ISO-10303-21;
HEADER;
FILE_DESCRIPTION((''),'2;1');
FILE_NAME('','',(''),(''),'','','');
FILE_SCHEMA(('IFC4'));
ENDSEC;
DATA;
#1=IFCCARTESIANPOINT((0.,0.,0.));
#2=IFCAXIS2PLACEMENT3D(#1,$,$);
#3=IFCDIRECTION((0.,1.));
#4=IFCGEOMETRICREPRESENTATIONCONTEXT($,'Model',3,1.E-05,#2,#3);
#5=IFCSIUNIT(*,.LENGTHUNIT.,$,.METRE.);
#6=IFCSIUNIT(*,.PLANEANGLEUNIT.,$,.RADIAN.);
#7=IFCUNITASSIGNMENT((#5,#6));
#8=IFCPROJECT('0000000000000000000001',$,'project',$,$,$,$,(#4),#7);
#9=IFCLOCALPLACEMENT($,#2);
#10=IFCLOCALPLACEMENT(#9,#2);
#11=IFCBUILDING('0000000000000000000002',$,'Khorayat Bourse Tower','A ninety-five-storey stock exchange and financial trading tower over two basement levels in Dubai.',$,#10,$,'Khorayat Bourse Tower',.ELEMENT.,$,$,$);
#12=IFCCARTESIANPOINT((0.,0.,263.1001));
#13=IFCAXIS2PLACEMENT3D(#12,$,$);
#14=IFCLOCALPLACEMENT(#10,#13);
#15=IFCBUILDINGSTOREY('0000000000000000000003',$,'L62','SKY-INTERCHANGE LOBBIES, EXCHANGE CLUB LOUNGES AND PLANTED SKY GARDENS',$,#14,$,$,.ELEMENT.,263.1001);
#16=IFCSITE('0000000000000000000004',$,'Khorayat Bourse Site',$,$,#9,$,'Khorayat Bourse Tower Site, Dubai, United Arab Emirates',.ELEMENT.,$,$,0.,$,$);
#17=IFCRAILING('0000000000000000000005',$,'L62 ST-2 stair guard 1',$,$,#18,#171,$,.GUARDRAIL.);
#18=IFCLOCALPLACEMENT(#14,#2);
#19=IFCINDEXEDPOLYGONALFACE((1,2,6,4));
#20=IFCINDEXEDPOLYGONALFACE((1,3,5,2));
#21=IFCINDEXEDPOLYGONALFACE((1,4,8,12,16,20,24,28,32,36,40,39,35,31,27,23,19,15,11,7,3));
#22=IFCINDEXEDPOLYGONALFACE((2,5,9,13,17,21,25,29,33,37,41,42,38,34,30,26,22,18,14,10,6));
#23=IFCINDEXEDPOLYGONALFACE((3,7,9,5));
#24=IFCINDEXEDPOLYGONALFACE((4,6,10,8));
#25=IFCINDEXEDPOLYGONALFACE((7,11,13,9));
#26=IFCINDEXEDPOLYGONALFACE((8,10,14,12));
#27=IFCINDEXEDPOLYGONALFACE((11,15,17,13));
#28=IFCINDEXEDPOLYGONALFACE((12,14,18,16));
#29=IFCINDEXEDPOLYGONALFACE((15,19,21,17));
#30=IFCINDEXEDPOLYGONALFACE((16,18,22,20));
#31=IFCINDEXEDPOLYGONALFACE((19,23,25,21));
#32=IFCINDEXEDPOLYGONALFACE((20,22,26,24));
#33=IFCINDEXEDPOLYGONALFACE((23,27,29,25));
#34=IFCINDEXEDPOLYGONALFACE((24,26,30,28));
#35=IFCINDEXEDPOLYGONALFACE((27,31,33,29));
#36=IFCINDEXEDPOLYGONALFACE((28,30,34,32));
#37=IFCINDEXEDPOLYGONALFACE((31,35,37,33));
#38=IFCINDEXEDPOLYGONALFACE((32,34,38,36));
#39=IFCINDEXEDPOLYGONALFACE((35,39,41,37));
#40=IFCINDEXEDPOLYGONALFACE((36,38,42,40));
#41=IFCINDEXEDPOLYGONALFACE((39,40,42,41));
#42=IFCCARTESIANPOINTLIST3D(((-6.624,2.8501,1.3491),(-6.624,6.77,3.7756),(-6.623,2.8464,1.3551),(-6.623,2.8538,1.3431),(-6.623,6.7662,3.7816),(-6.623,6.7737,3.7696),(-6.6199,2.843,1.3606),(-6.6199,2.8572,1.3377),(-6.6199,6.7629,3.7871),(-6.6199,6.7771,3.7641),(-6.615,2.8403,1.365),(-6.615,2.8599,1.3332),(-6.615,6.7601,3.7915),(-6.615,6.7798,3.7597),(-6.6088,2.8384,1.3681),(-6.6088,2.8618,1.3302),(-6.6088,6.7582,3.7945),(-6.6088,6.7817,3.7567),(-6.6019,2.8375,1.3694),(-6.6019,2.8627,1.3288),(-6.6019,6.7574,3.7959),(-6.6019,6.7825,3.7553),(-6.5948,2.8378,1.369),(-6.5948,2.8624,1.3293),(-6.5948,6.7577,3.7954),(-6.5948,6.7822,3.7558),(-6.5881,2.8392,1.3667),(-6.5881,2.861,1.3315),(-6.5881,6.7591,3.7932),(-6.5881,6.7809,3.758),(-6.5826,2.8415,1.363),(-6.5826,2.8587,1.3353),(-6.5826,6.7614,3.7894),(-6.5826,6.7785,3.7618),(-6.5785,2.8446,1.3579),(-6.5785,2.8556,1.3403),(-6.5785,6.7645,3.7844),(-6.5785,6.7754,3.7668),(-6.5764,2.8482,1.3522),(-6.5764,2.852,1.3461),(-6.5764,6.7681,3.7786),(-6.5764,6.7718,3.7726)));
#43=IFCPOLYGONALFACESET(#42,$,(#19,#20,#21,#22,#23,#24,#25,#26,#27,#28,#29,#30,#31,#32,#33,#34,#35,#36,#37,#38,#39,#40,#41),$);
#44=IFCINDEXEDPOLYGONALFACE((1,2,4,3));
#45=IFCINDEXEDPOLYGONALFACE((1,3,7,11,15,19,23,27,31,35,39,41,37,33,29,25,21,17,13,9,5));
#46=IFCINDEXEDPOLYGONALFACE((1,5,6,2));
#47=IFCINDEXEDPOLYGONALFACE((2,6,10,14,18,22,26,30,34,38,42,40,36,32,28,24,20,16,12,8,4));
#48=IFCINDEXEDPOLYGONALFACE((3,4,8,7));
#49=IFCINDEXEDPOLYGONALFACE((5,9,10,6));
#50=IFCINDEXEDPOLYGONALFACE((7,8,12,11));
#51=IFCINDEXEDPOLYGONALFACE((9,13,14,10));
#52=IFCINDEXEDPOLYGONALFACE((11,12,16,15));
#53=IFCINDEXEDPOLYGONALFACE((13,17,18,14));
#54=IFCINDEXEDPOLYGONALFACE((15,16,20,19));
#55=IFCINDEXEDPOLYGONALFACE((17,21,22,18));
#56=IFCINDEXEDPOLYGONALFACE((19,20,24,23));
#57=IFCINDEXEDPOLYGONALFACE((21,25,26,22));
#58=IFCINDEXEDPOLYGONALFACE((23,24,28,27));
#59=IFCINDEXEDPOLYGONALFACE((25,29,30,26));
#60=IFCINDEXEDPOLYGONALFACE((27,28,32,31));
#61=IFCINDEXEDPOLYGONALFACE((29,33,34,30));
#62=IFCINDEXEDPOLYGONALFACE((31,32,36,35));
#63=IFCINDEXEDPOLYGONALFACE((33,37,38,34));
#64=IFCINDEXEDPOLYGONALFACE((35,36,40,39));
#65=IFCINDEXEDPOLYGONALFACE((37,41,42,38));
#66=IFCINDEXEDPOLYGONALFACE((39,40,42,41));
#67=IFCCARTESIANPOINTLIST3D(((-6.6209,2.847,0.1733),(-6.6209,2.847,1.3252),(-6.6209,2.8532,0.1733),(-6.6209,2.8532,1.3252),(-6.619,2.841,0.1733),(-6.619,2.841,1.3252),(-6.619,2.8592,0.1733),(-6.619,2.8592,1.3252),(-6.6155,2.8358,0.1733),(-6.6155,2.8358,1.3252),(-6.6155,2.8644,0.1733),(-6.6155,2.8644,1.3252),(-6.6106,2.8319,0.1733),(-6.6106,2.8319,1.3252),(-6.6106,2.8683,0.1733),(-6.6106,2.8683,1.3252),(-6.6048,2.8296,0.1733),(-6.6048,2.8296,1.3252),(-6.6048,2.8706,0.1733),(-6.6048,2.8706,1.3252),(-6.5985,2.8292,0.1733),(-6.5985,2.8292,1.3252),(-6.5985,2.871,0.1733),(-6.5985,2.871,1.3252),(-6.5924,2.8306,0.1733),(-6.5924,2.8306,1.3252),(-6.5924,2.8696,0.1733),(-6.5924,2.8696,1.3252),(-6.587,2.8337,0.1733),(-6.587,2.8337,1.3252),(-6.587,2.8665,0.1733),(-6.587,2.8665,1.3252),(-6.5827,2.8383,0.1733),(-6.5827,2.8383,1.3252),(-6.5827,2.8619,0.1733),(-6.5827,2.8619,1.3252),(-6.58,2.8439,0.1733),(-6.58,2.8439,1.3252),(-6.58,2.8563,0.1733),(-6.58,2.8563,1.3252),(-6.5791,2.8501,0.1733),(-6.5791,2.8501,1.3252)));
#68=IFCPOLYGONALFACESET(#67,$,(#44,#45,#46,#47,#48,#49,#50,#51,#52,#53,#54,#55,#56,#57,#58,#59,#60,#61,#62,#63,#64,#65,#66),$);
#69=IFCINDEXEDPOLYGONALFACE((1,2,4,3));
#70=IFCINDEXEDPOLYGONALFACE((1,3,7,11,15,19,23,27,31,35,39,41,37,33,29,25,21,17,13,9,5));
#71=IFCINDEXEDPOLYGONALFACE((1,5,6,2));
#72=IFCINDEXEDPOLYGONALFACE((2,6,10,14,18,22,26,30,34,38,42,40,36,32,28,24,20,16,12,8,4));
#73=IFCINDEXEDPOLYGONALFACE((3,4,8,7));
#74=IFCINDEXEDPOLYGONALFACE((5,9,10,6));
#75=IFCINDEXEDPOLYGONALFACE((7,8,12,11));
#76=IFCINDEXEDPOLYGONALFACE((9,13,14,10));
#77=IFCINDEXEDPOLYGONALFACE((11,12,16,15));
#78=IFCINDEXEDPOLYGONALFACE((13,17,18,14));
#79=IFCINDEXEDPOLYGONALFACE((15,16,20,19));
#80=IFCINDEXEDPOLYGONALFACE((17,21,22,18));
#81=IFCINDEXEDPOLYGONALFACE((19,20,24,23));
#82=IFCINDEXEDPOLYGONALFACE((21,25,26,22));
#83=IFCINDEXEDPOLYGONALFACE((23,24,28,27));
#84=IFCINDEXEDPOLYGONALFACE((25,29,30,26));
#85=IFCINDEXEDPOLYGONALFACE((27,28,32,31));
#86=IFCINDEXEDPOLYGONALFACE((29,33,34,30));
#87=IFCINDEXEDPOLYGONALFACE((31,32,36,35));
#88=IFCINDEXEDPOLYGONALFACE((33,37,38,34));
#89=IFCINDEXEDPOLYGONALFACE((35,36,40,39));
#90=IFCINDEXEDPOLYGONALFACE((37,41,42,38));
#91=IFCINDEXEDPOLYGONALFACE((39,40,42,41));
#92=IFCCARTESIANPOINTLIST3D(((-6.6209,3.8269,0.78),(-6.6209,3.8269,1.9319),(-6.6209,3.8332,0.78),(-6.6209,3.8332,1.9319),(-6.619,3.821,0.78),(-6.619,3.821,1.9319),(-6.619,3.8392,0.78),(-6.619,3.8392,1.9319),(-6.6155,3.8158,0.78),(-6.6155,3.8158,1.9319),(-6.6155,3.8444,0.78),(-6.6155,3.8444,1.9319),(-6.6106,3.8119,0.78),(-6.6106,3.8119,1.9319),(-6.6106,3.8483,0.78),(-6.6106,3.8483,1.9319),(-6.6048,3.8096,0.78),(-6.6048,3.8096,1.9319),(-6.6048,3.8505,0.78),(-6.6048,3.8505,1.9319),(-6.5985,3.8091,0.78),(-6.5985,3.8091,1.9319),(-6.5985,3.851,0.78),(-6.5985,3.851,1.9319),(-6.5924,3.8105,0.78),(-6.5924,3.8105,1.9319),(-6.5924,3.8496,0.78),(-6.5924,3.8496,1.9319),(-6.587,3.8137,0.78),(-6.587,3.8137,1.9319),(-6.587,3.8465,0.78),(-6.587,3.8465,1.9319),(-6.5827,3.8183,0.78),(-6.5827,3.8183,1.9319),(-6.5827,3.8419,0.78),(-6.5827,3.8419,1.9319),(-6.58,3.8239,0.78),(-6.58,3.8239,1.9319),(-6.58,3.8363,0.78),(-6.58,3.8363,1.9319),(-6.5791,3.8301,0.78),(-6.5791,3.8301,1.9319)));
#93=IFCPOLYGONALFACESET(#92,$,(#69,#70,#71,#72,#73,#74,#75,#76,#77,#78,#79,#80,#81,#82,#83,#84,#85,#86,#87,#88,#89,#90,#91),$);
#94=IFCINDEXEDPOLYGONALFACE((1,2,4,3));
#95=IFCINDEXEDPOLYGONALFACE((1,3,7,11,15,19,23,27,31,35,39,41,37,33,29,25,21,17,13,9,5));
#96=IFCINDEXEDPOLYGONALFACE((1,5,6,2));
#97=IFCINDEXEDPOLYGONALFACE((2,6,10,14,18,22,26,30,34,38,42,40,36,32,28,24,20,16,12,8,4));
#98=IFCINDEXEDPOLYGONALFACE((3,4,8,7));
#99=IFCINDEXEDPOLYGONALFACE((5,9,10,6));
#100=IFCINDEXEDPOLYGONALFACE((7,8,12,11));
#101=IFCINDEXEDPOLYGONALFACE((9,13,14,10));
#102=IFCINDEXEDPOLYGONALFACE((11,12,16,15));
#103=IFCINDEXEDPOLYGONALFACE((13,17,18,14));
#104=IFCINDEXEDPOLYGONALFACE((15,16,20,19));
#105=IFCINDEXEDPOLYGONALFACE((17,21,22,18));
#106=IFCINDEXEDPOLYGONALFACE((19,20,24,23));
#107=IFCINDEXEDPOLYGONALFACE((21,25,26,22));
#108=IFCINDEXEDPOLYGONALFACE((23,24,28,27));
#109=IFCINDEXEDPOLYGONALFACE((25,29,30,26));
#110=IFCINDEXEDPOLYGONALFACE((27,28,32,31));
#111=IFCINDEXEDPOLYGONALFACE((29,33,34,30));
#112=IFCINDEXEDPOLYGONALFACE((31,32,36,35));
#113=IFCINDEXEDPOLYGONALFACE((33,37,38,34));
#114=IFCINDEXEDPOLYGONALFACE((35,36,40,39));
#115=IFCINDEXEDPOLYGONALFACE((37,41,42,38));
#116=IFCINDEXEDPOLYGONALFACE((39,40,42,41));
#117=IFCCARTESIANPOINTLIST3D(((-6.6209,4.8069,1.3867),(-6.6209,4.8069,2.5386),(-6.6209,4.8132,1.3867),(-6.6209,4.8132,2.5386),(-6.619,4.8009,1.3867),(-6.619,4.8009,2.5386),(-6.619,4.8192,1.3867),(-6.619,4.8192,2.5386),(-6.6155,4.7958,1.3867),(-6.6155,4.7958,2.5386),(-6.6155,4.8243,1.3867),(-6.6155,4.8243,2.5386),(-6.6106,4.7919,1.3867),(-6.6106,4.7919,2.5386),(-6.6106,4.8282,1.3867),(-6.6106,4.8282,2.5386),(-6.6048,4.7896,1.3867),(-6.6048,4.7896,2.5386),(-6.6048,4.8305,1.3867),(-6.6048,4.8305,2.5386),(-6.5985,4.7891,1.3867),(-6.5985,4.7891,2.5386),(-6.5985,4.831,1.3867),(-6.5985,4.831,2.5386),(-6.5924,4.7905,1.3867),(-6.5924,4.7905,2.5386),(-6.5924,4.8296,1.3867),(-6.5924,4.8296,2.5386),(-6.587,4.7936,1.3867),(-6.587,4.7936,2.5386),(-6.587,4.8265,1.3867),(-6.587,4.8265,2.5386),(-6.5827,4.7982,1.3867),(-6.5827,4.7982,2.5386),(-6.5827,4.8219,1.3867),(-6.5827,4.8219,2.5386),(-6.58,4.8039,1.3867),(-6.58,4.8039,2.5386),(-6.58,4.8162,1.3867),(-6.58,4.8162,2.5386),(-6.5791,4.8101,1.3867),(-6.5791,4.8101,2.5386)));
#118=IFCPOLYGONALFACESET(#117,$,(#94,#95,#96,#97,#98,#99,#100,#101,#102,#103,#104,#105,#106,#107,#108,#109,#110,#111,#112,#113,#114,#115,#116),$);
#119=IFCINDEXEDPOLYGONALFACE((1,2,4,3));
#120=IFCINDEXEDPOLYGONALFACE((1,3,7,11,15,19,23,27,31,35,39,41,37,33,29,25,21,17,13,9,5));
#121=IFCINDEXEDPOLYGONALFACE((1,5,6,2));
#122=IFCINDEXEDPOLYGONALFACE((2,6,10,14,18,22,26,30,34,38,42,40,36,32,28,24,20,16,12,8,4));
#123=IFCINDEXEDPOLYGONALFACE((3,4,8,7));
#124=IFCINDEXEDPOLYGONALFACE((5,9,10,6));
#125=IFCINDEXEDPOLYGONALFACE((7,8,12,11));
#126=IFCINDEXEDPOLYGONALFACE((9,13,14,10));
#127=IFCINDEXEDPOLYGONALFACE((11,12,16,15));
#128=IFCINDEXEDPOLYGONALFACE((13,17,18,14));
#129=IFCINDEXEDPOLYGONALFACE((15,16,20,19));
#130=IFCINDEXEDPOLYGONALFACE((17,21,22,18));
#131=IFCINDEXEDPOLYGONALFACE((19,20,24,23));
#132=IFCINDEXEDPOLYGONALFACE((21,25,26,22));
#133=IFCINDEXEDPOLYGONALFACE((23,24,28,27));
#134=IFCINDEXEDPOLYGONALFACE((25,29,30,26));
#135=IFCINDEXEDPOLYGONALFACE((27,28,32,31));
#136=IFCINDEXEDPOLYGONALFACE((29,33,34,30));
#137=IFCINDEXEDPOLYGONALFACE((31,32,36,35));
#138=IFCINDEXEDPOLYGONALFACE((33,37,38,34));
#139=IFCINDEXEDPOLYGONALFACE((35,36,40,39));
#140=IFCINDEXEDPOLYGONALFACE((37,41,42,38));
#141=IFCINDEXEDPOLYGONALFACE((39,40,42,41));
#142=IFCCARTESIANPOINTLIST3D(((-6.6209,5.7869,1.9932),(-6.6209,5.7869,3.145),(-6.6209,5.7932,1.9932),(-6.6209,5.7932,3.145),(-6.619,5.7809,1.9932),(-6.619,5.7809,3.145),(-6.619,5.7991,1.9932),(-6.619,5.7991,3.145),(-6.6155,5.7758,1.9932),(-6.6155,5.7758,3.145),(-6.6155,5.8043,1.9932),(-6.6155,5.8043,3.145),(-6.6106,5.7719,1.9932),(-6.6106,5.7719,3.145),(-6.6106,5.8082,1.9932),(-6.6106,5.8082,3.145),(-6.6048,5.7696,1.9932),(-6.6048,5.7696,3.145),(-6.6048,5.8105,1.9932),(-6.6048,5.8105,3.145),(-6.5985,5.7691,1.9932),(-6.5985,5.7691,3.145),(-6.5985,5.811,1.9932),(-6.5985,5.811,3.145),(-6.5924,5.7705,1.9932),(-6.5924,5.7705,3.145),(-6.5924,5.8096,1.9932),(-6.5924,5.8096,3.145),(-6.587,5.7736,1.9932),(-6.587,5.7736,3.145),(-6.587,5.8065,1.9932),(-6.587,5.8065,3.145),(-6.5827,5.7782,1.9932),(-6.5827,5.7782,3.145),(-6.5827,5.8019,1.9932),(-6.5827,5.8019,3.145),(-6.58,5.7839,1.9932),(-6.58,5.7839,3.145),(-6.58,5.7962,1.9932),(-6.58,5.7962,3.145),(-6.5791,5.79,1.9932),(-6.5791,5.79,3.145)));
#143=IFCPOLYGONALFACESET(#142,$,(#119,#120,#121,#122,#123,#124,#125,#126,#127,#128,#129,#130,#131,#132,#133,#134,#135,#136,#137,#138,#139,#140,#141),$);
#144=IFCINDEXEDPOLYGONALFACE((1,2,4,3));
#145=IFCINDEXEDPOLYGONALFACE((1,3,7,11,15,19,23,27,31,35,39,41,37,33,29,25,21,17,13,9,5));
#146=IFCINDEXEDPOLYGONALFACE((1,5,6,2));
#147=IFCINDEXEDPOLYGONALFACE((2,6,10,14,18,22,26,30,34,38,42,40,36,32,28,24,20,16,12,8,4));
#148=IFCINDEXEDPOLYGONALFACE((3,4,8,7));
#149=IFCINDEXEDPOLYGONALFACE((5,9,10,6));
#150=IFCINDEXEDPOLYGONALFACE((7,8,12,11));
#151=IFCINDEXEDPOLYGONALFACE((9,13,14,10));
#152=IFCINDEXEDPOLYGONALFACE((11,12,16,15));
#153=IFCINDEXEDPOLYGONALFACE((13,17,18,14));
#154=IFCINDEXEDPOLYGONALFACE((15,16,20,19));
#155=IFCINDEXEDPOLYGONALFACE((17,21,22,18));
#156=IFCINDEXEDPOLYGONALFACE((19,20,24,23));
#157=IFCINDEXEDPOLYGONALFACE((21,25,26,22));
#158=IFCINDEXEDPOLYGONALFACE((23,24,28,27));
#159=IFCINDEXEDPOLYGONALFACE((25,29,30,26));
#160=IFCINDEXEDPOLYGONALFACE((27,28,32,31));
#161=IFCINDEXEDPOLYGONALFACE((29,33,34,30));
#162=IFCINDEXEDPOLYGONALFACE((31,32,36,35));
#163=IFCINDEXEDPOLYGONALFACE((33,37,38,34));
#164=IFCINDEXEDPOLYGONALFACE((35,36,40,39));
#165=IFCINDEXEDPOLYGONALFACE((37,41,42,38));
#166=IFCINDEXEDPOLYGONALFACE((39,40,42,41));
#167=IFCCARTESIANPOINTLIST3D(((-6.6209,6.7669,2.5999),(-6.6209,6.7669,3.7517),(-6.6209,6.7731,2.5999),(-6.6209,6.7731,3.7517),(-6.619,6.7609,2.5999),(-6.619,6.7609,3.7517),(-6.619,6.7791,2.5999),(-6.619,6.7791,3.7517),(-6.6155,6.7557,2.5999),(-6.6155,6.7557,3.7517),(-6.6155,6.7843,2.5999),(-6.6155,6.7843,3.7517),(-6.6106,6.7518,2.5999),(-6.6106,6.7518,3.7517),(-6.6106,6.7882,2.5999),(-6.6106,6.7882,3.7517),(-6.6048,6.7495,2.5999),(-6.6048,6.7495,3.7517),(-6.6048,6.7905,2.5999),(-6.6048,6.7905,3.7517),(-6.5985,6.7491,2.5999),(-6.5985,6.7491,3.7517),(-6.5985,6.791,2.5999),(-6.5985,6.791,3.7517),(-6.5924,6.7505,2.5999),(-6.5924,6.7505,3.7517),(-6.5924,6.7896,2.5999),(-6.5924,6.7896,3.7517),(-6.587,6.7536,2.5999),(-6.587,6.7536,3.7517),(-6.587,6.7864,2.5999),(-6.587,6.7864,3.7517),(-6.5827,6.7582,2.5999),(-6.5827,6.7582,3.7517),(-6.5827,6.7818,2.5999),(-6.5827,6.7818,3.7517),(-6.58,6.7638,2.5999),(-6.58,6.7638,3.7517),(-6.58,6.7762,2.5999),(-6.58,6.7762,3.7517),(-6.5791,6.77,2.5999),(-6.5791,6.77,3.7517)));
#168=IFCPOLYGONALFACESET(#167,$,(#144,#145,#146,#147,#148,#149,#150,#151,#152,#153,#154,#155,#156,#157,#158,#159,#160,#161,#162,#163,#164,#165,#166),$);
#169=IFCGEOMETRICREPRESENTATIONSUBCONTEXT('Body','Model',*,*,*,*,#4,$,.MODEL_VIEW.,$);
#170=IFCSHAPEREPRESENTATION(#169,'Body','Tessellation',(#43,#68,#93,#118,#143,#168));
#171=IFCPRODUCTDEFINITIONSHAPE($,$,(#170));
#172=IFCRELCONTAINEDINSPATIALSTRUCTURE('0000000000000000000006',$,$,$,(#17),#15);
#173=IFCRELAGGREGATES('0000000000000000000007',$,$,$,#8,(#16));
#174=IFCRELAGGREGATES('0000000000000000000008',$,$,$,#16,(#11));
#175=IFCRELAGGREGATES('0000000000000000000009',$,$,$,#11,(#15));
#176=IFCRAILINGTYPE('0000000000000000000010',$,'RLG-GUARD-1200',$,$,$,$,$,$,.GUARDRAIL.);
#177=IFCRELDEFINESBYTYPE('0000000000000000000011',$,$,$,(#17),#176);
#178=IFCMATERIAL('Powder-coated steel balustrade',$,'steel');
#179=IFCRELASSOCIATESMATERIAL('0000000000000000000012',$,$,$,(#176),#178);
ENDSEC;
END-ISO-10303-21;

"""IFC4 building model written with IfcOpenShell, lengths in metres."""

from ifc_helpers import new_model, si_unit, direction, frame, origin, origin_2d, place, context, subcontext, project, spatial, circle, extrude, source, transform, mapped, material, type_object, element, save


model = new_model("IFC4")

# Units and contexts
model_context = context("Model", 3, precision=1e-05, world=origin(), true_north=direction((0.0, 1.0)))
body_context = subcontext(model_context, "Body", "Model", "MODEL_VIEW")
ifc_project = project(units=[si_unit("LENGTHUNIT", "METRE"), si_unit("PLANEANGLEUNIT", "RADIAN")], contexts=[model_context])

# Site, building, storey
site_placement = place(None, origin())
site = spatial("IfcSite", under=ifc_project, at=site_placement, Name="Khorayat Bourse Site", LongName="Khorayat Bourse Tower Site, Dubai, United Arab Emirates", CompositionType="ELEMENT", RefElevation=0.0)
building_placement = place(site_placement, origin())
building = spatial("IfcBuilding", under=site, at=building_placement, Name="Khorayat Bourse Tower", Description="A ninety-five-storey stock exchange and financial trading tower over two basement levels in Dubai.", LongName="Khorayat Bourse Tower", CompositionType="ELEMENT")
storey_placement = place(building_placement, frame((0.0, 0.0, 263.1001)))
storey = spatial("IfcBuildingStorey", under=building, at=storey_placement, Name="L62", Description="SKY-INTERCHANGE LOBBIES, EXCHANGE CLUB LOUNGES AND PLANTED SKY GARDENS", CompositionType="ELEMENT", Elevation=263.1001)

# Railing
ifc_material_1 = material(Name="Powder-coated steel balustrade", Category="steel")
railing_type_1 = type_object("IfcRailingType", Name="RLG-GUARD-1200", PredefinedType="GUARDRAIL", material=ifc_material_1)
shared_shape_1 = source(origin(), body_context, "Body", "SweptSolid", [
    extrude(circle(Radius=0.0239, at=origin_2d()), frame((0.0, 0.0, 1.1758), z_axis=(0.0, 0.850275, 0.526338), x_axis=(-1.0, 0.0, 0.0)), (0.0, 0.0, 1.0), 4.6101),
    extrude(circle(Radius=0.021, at=origin_2d()), origin(), (0.0, 0.0, 1.0), 1.1519),
    extrude(circle(Radius=0.021, at=origin_2d()), frame((0.0, 0.98, 0.6067)), (0.0, 0.0, 1.0), 1.1519),
    extrude(circle(Radius=0.021, at=origin_2d()), frame((0.0, 1.96, 1.2134)), (0.0, 0.0, 1.0), 1.1519),
    extrude(circle(Radius=0.021, at=origin_2d()), frame((0.0, 2.9399, 1.8198)), (0.0, 0.0, 1.0), 1.1519),
    extrude(circle(Radius=0.021, at=origin_2d()), frame((0.0, 3.9199, 2.4265)), (0.0, 0.0, 1.0), 1.1519),
])
railing_1_placement = place(storey_placement, frame((-6.6001, 2.8501, 0.1733)))
element("IfcRailing", 1, at=railing_1_placement, inside=storey, type_object=railing_type_1, Name="L62 ST-2 stair guard 1", PredefinedType="GUARDRAIL", context=body_context, shape_type="MappedRepresentation", body=[
    mapped(shared_shape_1, transform((0.0, 0.0, 0.0), scale=1.0)),
])

save(model, "model.ifc")
